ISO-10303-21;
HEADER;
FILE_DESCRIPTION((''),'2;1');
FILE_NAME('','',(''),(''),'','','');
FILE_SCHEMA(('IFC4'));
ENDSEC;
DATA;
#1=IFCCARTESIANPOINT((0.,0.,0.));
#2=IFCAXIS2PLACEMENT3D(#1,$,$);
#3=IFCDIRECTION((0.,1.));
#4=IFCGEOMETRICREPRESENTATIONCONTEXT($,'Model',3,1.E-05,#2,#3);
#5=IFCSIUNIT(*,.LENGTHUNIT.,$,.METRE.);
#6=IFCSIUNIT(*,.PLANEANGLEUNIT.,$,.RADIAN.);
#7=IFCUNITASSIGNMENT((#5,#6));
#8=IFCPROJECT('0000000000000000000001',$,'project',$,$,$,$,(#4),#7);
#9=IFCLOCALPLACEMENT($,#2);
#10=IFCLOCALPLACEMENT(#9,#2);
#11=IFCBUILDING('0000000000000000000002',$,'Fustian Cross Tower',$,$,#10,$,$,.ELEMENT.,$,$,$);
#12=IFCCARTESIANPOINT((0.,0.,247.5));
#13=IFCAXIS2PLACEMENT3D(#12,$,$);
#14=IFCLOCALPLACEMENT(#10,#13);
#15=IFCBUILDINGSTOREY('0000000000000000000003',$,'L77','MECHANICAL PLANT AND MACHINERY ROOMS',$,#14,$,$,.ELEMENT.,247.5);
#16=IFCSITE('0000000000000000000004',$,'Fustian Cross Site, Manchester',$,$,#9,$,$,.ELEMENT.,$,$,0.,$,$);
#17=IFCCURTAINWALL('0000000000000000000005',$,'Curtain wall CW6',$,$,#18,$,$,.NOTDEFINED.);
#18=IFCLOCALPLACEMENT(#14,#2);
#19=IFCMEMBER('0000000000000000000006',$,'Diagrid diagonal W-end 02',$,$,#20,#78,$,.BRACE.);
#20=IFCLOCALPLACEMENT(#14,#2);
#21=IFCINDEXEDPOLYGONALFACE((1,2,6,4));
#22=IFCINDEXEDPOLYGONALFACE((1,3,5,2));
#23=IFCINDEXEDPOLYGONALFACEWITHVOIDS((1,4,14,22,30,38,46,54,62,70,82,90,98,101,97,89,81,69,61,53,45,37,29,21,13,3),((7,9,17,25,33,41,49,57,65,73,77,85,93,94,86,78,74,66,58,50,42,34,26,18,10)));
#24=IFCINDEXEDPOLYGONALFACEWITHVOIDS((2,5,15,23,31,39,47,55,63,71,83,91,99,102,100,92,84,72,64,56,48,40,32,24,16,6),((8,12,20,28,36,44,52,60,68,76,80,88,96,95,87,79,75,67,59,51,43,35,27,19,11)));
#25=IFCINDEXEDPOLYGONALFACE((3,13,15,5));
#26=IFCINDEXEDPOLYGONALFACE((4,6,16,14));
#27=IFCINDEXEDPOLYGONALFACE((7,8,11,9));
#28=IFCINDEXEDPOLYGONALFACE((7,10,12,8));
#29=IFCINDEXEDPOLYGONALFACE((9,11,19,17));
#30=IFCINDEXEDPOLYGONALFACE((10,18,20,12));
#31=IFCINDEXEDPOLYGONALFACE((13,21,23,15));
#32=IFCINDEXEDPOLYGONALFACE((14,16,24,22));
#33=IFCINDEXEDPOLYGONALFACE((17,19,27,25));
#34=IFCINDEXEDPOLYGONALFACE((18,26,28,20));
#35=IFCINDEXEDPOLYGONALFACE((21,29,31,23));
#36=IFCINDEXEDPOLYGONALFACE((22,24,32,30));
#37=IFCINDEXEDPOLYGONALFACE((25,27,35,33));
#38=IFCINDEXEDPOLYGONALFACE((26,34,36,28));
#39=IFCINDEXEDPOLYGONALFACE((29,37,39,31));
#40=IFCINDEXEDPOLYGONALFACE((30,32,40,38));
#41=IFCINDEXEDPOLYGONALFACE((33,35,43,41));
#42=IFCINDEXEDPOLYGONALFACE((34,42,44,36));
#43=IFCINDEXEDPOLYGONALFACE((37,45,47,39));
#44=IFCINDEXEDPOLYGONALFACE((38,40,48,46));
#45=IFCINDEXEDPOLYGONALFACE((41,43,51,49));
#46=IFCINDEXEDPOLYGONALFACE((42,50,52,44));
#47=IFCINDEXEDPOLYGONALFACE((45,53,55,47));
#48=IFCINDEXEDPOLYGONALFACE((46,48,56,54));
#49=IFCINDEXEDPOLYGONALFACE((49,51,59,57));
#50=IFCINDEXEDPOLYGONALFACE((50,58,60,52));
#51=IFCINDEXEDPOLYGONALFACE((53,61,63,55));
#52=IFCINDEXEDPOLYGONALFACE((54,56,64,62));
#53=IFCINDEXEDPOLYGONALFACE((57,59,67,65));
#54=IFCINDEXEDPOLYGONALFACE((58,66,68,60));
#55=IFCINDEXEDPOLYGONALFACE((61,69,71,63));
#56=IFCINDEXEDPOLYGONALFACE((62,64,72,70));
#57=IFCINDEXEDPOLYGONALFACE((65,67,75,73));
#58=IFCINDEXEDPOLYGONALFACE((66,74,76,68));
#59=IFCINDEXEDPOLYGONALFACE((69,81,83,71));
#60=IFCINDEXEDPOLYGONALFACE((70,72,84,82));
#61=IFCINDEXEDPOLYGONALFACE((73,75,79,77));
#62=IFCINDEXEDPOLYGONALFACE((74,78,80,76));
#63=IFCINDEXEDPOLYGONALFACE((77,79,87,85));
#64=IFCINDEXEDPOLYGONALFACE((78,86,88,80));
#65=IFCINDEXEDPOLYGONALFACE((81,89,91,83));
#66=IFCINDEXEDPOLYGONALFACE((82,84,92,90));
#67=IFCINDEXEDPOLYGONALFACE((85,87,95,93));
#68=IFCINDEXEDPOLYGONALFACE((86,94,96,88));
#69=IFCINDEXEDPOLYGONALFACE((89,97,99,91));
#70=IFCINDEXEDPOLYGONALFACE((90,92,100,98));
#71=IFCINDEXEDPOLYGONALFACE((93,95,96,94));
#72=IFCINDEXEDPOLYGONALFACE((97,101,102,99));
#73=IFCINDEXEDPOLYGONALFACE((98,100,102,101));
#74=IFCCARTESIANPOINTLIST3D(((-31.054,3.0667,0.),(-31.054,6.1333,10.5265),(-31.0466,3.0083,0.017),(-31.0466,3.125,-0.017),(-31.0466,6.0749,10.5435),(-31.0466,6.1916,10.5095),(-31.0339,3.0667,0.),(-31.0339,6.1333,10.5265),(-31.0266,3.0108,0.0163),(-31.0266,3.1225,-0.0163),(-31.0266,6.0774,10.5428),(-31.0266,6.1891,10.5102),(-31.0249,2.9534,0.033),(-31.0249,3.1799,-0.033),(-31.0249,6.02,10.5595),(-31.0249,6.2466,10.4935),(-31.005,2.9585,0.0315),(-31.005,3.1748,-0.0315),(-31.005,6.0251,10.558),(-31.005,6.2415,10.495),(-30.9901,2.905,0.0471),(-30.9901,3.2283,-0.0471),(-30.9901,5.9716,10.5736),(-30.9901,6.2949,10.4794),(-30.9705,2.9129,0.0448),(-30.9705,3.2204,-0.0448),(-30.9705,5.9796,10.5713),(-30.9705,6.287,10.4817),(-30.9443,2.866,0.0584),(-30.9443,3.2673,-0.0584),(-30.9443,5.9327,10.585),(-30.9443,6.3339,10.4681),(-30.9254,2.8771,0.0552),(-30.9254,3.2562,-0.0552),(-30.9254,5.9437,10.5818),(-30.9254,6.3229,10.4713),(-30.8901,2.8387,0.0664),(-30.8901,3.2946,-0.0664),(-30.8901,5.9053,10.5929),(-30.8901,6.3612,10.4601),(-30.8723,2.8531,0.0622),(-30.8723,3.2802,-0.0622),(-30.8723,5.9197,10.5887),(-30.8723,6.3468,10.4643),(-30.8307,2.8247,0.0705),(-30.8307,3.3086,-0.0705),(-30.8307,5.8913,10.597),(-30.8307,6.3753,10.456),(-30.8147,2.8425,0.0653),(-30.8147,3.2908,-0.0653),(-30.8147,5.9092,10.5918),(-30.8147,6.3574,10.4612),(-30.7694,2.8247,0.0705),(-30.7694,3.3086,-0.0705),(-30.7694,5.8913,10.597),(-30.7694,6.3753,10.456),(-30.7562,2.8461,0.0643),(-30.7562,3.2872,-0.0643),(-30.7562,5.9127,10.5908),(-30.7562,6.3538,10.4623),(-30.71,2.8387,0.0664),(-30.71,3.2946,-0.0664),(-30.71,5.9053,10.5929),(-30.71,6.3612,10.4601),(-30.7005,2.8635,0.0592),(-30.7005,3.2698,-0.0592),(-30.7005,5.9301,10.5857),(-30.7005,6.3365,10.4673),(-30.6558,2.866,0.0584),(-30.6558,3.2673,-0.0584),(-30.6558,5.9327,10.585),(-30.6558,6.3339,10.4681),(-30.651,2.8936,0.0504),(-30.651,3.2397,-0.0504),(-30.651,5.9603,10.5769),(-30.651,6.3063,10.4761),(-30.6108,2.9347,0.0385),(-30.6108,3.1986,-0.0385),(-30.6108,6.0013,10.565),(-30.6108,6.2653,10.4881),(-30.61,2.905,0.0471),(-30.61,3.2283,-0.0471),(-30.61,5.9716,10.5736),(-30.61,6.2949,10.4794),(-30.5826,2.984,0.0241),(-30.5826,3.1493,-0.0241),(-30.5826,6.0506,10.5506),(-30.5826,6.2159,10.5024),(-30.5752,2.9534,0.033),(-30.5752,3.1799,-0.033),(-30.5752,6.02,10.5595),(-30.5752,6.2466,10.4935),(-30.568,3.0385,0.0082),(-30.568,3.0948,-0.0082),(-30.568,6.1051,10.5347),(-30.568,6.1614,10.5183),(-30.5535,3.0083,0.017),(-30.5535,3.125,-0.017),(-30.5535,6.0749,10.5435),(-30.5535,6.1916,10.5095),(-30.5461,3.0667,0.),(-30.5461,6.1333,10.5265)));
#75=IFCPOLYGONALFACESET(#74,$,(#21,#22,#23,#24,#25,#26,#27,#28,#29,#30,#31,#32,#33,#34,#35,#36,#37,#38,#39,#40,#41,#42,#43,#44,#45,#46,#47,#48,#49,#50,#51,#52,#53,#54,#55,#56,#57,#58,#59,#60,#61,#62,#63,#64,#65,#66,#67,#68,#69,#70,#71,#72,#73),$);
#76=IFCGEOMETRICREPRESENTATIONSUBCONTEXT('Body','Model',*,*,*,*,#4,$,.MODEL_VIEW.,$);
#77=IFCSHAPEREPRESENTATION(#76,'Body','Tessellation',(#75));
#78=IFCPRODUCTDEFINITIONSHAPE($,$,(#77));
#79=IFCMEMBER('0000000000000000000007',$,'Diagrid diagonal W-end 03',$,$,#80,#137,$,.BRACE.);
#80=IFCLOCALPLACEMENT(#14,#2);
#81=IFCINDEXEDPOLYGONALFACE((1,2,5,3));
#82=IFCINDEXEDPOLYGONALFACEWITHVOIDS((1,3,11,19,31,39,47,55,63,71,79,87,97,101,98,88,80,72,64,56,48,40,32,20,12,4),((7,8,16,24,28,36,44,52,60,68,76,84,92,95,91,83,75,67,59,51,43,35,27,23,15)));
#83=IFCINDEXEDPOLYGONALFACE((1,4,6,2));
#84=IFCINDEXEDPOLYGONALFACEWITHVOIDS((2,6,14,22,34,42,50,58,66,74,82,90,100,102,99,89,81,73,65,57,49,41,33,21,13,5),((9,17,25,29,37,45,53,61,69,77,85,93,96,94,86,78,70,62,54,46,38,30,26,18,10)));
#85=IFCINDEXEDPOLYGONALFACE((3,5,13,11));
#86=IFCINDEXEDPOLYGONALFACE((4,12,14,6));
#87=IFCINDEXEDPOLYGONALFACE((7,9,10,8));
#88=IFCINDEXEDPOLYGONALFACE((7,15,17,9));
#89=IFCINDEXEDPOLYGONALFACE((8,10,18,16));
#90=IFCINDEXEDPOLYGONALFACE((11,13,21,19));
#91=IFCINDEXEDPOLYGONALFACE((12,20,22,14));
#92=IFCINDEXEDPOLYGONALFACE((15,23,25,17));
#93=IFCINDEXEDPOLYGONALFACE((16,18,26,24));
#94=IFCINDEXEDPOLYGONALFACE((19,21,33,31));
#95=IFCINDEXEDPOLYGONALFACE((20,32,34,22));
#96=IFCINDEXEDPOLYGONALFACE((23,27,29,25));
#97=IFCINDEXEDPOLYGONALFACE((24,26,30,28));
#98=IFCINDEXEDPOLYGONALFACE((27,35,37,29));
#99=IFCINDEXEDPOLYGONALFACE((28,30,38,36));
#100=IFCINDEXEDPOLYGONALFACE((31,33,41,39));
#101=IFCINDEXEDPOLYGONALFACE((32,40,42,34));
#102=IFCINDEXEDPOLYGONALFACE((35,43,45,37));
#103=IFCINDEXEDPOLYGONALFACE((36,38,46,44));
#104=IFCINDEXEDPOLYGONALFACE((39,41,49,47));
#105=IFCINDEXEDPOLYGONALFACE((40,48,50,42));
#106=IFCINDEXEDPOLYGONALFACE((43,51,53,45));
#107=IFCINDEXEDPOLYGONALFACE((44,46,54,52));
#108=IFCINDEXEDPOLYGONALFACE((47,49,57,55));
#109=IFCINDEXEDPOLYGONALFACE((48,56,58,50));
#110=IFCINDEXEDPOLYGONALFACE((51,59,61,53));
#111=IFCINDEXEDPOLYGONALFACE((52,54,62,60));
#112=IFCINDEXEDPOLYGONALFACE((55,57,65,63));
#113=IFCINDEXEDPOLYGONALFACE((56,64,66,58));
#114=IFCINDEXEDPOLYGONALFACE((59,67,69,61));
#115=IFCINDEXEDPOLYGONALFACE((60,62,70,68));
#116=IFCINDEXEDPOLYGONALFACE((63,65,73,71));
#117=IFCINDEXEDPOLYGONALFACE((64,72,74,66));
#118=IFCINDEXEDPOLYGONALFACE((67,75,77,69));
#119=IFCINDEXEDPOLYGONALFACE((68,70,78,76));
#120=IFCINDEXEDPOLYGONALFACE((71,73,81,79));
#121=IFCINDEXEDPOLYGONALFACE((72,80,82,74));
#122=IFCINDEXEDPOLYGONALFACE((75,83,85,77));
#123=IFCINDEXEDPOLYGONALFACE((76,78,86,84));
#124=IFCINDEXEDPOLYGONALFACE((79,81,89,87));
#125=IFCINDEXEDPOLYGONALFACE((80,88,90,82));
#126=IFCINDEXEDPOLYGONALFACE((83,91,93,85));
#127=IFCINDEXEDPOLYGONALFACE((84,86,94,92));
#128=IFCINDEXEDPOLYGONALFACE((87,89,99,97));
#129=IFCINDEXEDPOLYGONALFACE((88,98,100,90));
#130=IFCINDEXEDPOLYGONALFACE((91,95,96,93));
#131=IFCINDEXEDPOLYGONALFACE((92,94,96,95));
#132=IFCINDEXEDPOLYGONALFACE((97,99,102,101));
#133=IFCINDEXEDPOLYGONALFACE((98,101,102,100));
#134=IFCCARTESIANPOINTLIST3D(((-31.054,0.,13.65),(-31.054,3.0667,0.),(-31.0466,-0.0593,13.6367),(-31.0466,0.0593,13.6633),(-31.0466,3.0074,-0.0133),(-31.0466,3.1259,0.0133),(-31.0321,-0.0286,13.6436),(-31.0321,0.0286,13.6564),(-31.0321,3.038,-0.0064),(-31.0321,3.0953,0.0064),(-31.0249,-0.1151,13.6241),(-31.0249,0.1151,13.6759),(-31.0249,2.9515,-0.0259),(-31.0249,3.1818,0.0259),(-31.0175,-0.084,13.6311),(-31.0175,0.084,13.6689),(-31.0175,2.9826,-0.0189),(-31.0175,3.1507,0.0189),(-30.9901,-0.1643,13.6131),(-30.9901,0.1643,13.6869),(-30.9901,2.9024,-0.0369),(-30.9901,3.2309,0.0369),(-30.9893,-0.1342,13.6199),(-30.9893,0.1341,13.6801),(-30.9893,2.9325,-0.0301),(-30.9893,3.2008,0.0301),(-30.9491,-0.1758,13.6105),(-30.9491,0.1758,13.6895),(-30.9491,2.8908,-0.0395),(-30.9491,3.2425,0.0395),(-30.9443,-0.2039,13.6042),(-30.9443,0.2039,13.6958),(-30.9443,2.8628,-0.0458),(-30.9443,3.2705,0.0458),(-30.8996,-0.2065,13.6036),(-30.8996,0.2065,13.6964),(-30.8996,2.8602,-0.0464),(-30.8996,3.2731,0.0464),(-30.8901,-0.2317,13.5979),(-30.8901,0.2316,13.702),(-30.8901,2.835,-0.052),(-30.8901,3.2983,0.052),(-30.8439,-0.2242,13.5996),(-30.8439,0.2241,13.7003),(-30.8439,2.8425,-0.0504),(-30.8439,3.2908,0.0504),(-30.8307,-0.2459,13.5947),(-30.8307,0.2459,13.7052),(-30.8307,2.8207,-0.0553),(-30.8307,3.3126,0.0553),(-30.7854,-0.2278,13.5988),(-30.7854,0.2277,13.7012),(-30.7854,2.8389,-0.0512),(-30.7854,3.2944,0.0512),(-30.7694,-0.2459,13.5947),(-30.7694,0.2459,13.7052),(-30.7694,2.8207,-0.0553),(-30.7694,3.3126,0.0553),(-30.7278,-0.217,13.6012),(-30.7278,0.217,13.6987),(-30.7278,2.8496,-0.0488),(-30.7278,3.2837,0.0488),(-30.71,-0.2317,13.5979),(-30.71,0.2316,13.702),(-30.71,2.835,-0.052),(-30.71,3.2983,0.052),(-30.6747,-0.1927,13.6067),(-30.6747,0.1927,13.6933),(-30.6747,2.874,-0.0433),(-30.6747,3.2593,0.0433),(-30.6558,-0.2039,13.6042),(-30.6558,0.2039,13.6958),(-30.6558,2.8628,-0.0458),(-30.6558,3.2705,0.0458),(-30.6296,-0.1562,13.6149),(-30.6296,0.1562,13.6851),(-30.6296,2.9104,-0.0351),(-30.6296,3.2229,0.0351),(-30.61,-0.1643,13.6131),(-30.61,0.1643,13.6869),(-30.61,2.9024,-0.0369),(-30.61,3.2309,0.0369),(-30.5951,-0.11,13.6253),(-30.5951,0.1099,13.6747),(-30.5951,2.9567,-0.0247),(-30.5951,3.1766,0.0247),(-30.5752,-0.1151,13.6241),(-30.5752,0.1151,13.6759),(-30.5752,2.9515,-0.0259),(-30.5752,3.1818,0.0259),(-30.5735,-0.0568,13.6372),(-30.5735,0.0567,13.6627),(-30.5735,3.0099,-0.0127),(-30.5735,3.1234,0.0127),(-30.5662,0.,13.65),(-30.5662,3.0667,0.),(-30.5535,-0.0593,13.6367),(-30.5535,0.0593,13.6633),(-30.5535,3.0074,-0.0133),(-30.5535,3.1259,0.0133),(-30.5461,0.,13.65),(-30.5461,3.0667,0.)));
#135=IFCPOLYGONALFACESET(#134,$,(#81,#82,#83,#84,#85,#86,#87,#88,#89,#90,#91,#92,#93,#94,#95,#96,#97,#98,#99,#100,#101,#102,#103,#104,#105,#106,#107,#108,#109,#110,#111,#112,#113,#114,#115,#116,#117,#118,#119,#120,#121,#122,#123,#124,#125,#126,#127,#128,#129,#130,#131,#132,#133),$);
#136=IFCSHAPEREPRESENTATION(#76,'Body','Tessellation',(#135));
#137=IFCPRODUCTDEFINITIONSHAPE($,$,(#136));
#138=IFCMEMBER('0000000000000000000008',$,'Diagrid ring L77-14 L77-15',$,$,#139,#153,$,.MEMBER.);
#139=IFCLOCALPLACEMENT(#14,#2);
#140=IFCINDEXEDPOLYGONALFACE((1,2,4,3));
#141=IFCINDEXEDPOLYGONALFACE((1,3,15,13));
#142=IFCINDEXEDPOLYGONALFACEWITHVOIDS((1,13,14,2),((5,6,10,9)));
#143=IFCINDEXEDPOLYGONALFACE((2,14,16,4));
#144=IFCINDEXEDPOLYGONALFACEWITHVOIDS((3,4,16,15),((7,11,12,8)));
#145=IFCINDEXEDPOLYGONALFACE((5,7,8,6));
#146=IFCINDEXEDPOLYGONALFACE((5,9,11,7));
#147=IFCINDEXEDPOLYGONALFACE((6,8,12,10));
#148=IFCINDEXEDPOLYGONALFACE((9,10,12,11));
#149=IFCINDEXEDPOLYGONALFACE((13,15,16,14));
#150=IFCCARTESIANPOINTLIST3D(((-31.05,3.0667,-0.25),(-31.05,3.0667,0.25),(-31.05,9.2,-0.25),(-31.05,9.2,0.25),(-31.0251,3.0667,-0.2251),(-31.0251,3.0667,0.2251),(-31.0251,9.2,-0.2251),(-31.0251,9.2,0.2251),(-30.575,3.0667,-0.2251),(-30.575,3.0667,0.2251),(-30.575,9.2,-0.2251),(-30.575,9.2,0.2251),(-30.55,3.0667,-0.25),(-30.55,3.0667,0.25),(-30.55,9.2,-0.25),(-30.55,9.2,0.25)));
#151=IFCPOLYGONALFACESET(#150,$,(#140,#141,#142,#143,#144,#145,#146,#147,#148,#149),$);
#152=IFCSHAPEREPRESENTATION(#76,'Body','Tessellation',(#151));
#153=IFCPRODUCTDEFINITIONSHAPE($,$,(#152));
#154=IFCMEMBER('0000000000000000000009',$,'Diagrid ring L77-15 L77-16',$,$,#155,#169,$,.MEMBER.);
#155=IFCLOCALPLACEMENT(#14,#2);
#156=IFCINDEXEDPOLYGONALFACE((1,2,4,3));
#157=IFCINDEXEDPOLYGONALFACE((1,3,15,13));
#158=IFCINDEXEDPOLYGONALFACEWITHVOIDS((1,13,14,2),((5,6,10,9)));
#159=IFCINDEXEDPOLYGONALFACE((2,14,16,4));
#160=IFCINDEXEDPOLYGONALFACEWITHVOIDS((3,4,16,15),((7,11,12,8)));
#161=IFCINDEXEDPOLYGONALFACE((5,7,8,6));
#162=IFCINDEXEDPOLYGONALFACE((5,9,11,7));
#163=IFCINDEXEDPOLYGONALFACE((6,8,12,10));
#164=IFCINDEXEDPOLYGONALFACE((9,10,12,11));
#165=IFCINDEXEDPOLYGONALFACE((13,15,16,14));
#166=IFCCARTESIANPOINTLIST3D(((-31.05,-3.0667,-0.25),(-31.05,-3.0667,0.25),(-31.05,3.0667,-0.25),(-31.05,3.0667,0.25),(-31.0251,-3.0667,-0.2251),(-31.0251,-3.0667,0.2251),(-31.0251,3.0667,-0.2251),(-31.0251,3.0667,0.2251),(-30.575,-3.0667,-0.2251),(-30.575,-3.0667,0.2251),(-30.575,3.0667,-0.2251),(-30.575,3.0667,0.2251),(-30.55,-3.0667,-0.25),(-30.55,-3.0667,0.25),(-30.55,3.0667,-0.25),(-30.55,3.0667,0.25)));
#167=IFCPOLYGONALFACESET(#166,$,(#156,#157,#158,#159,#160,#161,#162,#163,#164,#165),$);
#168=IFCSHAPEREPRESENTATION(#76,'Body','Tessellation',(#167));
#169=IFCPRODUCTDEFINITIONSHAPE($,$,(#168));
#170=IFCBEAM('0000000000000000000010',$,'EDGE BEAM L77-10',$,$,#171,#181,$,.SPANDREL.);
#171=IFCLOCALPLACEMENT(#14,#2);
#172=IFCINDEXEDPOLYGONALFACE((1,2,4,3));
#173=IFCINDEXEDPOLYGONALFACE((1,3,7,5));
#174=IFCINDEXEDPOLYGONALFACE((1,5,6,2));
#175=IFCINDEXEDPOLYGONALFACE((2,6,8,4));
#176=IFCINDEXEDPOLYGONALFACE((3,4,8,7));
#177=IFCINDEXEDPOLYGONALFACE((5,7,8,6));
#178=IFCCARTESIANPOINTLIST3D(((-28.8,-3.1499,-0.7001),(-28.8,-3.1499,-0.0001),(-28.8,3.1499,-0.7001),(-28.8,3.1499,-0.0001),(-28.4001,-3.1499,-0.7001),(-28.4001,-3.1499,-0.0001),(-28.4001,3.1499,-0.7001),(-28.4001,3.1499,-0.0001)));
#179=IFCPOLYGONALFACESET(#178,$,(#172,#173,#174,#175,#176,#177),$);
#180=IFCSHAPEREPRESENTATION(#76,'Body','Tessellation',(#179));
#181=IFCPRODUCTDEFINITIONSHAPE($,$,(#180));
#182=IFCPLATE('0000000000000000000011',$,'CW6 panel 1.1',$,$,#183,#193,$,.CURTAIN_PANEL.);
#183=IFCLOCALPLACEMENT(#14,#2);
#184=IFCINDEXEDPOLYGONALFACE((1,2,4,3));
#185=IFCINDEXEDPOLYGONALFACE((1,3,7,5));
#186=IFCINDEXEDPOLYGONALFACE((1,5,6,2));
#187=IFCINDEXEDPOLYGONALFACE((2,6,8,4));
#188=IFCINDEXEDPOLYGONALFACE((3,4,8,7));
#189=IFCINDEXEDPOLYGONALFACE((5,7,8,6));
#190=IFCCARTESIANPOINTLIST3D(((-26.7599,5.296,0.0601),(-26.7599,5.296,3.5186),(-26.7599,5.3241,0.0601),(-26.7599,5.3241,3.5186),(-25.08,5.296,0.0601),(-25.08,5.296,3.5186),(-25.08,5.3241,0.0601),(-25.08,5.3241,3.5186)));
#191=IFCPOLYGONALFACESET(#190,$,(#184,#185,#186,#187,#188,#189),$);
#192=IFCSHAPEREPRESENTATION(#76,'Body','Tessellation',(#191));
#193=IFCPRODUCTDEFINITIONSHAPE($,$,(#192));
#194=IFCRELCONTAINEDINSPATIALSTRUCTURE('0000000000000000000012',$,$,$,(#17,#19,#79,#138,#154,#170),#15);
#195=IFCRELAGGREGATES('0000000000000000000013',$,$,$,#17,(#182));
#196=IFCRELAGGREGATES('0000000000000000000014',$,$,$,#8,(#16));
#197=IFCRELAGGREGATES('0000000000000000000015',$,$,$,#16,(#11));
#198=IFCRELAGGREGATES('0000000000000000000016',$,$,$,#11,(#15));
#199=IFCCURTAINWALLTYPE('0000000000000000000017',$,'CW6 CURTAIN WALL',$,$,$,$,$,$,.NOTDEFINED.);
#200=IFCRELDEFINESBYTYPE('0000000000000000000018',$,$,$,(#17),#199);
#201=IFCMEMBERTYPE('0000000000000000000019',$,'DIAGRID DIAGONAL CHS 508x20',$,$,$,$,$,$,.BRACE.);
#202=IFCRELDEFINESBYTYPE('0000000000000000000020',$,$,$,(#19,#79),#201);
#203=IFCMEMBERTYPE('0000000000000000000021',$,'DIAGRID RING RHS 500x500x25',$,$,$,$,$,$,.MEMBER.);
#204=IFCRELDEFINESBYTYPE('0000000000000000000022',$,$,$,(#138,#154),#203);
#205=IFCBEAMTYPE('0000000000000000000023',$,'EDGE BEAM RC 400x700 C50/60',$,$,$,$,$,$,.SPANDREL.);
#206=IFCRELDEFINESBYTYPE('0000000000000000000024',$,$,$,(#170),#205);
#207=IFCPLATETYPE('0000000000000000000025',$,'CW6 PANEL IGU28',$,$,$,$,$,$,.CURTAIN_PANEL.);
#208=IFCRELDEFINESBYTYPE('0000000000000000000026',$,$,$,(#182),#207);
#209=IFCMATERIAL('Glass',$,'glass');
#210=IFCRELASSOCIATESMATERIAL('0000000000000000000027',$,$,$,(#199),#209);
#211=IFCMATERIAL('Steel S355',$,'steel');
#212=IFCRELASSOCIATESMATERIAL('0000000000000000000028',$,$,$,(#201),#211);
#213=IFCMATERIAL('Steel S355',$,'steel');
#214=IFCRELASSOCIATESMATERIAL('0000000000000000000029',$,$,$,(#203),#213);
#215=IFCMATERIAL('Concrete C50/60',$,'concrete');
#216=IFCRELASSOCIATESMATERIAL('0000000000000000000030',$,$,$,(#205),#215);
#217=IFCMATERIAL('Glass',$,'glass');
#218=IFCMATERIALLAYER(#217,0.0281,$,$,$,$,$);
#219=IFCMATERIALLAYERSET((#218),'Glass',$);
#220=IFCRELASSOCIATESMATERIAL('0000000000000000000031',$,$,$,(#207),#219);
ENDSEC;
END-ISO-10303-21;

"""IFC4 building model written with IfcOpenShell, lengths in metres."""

from ifc_helpers import new_model, si_unit, direction, frame, origin, origin_2d, place, context, subcontext, project, spatial, rectangle, hollow_rectangle, hollow_circle, extrude, material, layer, layer_set, material_profile, profile_set, type_object, element, aggregate, save


model = new_model("IFC4")

# Units and contexts
model_context = context("Model", 3, precision=1e-05, world=origin(), true_north=direction((0.0, 1.0)))
body_context = subcontext(model_context, "Body", "Model", "MODEL_VIEW")
ifc_project = project(units=[si_unit("LENGTHUNIT", "METRE"), si_unit("PLANEANGLEUNIT", "RADIAN")], contexts=[model_context])

# Site, building, storey
site_placement = place(None, origin())
site = spatial("IfcSite", under=ifc_project, at=site_placement, Name="Fustian Cross Site, Manchester", CompositionType="ELEMENT", RefElevation=0.0)
building_placement = place(site_placement, origin())
building = spatial("IfcBuilding", under=site, at=building_placement, Name="Fustian Cross Tower", CompositionType="ELEMENT")
storey_placement = place(building_placement, frame((0.0, 0.0, 247.5)))
storey = spatial("IfcBuildingStorey", under=building, at=storey_placement, Name="L77", Description="MECHANICAL PLANT AND MACHINERY ROOMS", CompositionType="ELEMENT", Elevation=247.5)

# Curtain wall
ifc_material_1 = material(Name="Glass", Category="glass")
curtain_wall_type = type_object("IfcCurtainWallType", Name="CW6 CURTAIN WALL", PredefinedType="NOTDEFINED", material=ifc_material_1)
curtain_wall_1_placement = place(storey_placement, origin())
curtain_wall_1 = element("IfcCurtainWall", 1, at=curtain_wall_1_placement, inside=storey, type_object=curtain_wall_type, Name="Curtain wall CW6", PredefinedType="NOTDEFINED")

# Members
ifc_material_2 = material(Name="Steel S355", Category="steel")
ifc_material_profile_1 = material_profile(ifc_material_2, hollow_circle(Radius=0.2539, WallThickness=0.02, at=origin_2d()), Name="CHS 508x20")
ifc_profile_set_1 = profile_set([ifc_material_profile_1], Name="Steel S355")
member_type_1 = type_object("IfcMemberType", Name="DIAGRID DIAGONAL CHS 508x20", PredefinedType="BRACE", material=ifc_profile_set_1)
for number, where, z_axis, x_axis, name in (
    (2, (-30.8, 3.0667, 0.0), (0.0, 0.279696, 0.960088), (-1.0, 0.0, 0.0), "Diagrid diagonal W-end 02"),
):
    element("IfcMember", number, at=place(storey_placement, frame(where, z_axis=z_axis, x_axis=x_axis)), inside=storey, type_object=member_type_1, Name=name, PredefinedType="BRACE", context=body_context, shape_type="SweptSolid", body=[
        extrude(hollow_circle(Radius=0.2539, WallThickness=0.02, at=origin_2d()), origin(), (0.0, 0.0, 1.0), 10.9641),
    ])
member_1_placement = place(storey_placement, frame((-30.8, 3.0667, 0.0), z_axis=(0.0, -0.219201, 0.97568), x_axis=(1.0, 0.0, 0.0)))
element("IfcMember", 3, at=member_1_placement, inside=storey, type_object=member_type_1, Name="Diagrid diagonal W-end 03", PredefinedType="BRACE", context=body_context, shape_type="SweptSolid", body=[
    extrude(hollow_circle(Radius=0.2539, WallThickness=0.02, at=origin_2d()), origin(), (0.0, 0.0, 1.0), 13.9902),
])
ifc_material_3 = material(Name="Steel S355", Category="steel")
ifc_material_profile_2 = material_profile(ifc_material_3, hollow_rectangle(XDim=0.5, YDim=0.5, WallThickness=0.0249, at=origin_2d()), Name="RHS 500x500x25")
ifc_profile_set_2 = profile_set([ifc_material_profile_2], Name="Steel S355")
member_type_2 = type_object("IfcMemberType", Name="DIAGRID RING RHS 500x500x25", PredefinedType="MEMBER", material=ifc_profile_set_2)
for number, where, z_axis, x_axis, name in (
    (4, (-30.8, 9.2, 0.0), (0.0, -1.0, 0.0), (1.0, 0.0, 0.0), "Diagrid ring L77-14 L77-15"),
    (5, (-30.8, 3.0667, 0.0), (0.0, -1.0, 0.0), (1.0, 0.0, 0.0), "Diagrid ring L77-15 L77-16"),
):
    element("IfcMember", number, at=place(storey_placement, frame(where, z_axis=z_axis, x_axis=x_axis)), inside=storey, type_object=member_type_2, Name=name, PredefinedType="MEMBER", context=body_context, shape_type="SweptSolid", body=[
        extrude(hollow_rectangle(XDim=0.5, YDim=0.5, WallThickness=0.0249, at=origin_2d()), origin(), (0.0, 0.0, 1.0), 6.1333),
    ])

# Beam
ifc_material_4 = material(Name="Concrete C50/60", Category="concrete")
ifc_material_profile_3 = material_profile(ifc_material_4, rectangle(XDim=0.3999, YDim=0.7, at=origin_2d()), Name="RC 400x700")
ifc_profile_set_3 = profile_set([ifc_material_profile_3], Name="Concrete C50/60")
beam_type = type_object("IfcBeamType", Name="EDGE BEAM RC 400x700 C50/60", PredefinedType="SPANDREL", material=ifc_profile_set_3)
beam_placement = place(storey_placement, frame((-28.6001, 3.1499, -0.3501), z_axis=(0.0, -1.0, 0.0), x_axis=(1.0, 0.0, 0.0)))
element("IfcBeam", 6, at=beam_placement, inside=storey, type_object=beam_type, Name="EDGE BEAM L77-10", PredefinedType="SPANDREL", context=body_context, shape_type="SweptSolid", body=[
    extrude(rectangle(XDim=0.3999, YDim=0.7, at=origin_2d()), origin(), (0.0, 0.0, 1.0), 6.2998),
])

# Plate
ifc_material_5 = material(Name="Glass", Category="glass")
ifc_layer = layer(ifc_material_5, 0.0281)
ifc_layer_set = layer_set([ifc_layer], Name="Glass")
plate_type = type_object("IfcPlateType", Name="CW6 PANEL IGU28", PredefinedType="CURTAIN_PANEL", material=ifc_layer_set)
plate_1_placement = place(storey_placement, frame((-25.9199, 5.3101, 0.0601), z_axis=(0.0, 0.0, 1.0), x_axis=(-1.0, 0.0, 0.0)))
plate_1 = element("IfcPlate", 7, at=plate_1_placement, type_object=plate_type, Name="CW6 panel 1.1", PredefinedType="CURTAIN_PANEL", context=body_context, shape_type="SweptSolid", body=[
    extrude(rectangle(XDim=1.6799, YDim=0.0281, at=origin_2d()), origin(), (0.0, 0.0, 1.0), 3.4585),
])
aggregate(curtain_wall_1, [plate_1])

save(model, "model.ifc")
